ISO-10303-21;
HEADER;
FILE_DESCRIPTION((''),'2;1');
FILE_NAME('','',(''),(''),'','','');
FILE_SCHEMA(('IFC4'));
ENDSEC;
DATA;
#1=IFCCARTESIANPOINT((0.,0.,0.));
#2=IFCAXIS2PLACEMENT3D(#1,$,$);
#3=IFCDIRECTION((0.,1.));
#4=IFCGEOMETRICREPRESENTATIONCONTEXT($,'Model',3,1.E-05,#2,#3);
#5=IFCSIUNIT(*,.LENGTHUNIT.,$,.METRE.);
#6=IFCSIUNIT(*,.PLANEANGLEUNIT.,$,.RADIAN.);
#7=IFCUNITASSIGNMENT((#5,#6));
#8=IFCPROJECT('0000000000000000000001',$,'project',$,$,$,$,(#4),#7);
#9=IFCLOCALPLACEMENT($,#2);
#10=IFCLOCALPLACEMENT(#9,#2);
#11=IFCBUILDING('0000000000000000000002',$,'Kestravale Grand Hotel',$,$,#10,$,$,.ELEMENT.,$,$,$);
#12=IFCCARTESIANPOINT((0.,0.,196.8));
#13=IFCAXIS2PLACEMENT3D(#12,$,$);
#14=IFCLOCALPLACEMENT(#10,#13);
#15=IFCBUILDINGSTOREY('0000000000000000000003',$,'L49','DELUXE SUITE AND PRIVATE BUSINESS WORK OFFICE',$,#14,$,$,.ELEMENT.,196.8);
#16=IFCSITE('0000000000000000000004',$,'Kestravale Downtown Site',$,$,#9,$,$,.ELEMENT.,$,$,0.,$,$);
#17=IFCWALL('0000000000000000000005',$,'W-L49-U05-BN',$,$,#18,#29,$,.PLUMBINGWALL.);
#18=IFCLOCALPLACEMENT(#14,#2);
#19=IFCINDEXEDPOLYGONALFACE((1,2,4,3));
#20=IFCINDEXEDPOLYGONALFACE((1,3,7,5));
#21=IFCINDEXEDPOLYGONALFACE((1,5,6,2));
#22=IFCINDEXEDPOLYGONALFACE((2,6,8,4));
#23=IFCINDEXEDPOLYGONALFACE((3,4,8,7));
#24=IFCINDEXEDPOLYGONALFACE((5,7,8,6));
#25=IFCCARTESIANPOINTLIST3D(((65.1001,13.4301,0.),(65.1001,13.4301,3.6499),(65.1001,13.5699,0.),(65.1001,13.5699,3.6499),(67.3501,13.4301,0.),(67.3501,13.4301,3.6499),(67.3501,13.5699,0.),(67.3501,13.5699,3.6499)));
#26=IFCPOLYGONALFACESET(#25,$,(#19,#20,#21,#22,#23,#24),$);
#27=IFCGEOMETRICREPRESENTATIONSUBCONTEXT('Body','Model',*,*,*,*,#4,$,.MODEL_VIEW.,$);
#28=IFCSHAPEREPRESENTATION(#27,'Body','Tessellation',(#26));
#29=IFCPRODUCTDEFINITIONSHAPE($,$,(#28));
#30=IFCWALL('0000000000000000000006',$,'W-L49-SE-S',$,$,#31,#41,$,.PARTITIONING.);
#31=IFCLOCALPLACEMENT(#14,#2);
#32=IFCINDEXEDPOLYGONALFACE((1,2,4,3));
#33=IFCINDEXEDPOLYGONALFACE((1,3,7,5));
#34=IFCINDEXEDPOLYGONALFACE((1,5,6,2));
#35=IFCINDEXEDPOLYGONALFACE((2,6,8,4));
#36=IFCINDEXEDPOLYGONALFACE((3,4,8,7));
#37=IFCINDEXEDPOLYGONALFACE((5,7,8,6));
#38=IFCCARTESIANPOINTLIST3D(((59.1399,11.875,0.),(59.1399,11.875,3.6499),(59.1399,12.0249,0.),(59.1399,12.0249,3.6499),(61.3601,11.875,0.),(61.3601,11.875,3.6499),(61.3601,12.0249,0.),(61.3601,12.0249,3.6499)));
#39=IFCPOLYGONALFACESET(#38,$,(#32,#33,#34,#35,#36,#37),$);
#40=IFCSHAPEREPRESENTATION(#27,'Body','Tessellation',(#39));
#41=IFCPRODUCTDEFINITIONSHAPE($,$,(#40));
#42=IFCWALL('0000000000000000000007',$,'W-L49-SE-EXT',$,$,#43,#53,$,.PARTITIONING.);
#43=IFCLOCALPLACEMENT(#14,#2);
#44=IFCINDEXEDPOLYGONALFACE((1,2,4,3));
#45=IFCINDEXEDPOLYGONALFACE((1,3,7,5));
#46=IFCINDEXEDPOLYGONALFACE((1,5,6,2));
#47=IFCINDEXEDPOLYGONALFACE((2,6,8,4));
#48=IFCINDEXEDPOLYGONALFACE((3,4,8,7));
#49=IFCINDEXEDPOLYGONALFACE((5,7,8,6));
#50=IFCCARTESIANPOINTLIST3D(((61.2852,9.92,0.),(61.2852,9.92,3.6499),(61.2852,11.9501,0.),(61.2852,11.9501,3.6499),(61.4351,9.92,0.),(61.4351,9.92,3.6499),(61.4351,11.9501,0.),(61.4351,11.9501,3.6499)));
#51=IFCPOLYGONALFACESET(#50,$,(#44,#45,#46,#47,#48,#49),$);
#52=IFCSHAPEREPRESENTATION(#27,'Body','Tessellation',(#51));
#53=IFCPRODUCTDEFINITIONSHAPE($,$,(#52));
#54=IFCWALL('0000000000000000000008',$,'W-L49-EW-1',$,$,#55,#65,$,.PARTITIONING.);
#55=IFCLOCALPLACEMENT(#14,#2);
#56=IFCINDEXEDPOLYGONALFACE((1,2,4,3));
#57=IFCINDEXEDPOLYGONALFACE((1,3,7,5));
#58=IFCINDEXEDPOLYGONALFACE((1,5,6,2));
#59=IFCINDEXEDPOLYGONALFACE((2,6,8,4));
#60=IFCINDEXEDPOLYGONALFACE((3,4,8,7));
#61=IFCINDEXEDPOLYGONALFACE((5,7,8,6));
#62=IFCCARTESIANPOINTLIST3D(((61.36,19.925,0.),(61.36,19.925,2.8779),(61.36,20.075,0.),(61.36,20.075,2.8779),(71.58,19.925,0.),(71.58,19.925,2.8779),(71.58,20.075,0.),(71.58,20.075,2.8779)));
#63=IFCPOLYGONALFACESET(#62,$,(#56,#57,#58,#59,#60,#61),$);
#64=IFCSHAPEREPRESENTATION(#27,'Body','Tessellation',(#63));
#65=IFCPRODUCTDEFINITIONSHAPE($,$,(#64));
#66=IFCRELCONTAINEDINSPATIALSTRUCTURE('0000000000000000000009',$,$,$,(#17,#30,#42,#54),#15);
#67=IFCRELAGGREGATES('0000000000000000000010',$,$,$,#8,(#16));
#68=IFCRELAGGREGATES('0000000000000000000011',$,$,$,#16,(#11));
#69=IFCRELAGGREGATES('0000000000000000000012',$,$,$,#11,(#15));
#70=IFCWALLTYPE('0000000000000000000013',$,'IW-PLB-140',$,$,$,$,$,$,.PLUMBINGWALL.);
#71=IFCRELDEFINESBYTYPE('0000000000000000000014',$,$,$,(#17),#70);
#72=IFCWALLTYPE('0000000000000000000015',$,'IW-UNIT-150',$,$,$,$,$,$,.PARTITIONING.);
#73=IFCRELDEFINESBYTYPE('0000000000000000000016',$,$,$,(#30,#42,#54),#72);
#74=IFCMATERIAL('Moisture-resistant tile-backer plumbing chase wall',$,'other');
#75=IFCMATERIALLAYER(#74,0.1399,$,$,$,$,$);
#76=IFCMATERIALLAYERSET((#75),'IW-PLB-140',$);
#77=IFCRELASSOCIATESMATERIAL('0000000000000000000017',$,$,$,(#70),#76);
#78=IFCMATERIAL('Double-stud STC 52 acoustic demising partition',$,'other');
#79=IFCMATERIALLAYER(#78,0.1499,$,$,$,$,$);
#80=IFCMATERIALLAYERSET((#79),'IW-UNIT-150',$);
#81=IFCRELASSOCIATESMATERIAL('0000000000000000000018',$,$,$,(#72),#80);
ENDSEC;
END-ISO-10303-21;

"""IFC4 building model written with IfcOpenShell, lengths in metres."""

from ifc_helpers import new_model, si_unit, direction, frame, frame_2d, origin, place, context, subcontext, project, spatial, rectangle, extrude, material, layer, layer_set, type_object, element, save


model = new_model("IFC4")

# Units and contexts
model_context = context("Model", 3, precision=1e-05, world=origin(), true_north=direction((0.0, 1.0)))
body_context = subcontext(model_context, "Body", "Model", "MODEL_VIEW")
ifc_project = project(units=[si_unit("LENGTHUNIT", "METRE"), si_unit("PLANEANGLEUNIT", "RADIAN")], contexts=[model_context])

# Site, building, storey
site_placement = place(None, origin())
site = spatial("IfcSite", under=ifc_project, at=site_placement, Name="Kestravale Downtown Site", CompositionType="ELEMENT", RefElevation=0.0)
building_placement = place(site_placement, origin())
building = spatial("IfcBuilding", under=site, at=building_placement, Name="Kestravale Grand Hotel", CompositionType="ELEMENT")
storey_placement = place(building_placement, frame((0.0, 0.0, 196.8)))
storey = spatial("IfcBuildingStorey", under=building, at=storey_placement, Name="L49", Description="DELUXE SUITE AND PRIVATE BUSINESS WORK OFFICE", CompositionType="ELEMENT", Elevation=196.8)

# Shared definitions
ifc_material_1 = material(Name="Moisture-resistant tile-backer plumbing chase wall", Category="other")
ifc_layer_1 = layer(ifc_material_1, 0.1399)
ifc_layer_set_1 = layer_set([ifc_layer_1], Name="IW-PLB-140")
wall_type_1 = type_object("IfcWallType", Name="IW-PLB-140", PredefinedType="PLUMBINGWALL", material=ifc_layer_set_1)

# Walls
for number, where, z_axis, x_axis, name in (
    (1, (65.1001, 13.5, 0.0), (0.0, 0.0, 1.0), (1.0, 0.0, 0.0), "W-L49-U05-BN"),
):
    element("IfcWall", number, at=place(storey_placement, frame(where, z_axis=z_axis, x_axis=x_axis)), inside=storey, type_object=wall_type_1, Name=name, PredefinedType="PLUMBINGWALL", context=body_context, shape_type="SweptSolid", body=[
        extrude(rectangle(XDim=2.25, YDim=0.1399, at=frame_2d((1.125, 0.0))), origin(), (0.0, 0.0, 1.0), 3.6499),
    ])
ifc_material_2 = material(Name="Double-stud STC 52 acoustic demising partition", Category="other")
ifc_layer_2 = layer(ifc_material_2, 0.1499)
ifc_layer_set_2 = layer_set([ifc_layer_2], Name="IW-UNIT-150")
wall_type_2 = type_object("IfcWallType", Name="IW-UNIT-150", PredefinedType="PARTITIONING", material=ifc_layer_set_2)
wall_1_placement = place(storey_placement, frame((59.1399, 11.95, 0.0), z_axis=(0.0, 0.0, 1.0), x_axis=(1.0, 0.0, 0.0)))
element("IfcWall", 2, at=wall_1_placement, inside=storey, type_object=wall_type_2, Name="W-L49-SE-S", PredefinedType="PARTITIONING", context=body_context, shape_type="SweptSolid", body=[
    extrude(rectangle(XDim=2.2202, YDim=0.1499, at=frame_2d((1.1101, 0.0))), origin(), (0.0, 0.0, 1.0), 3.6499),
])
wall_2_placement = place(storey_placement, frame((61.3601, 9.9199, 0.0), z_axis=(0.0, 0.0, 1.0), x_axis=(0.0, 1.0, 0.0)))
element("IfcWall", 3, at=wall_2_placement, inside=storey, type_object=wall_type_2, Name="W-L49-SE-EXT", PredefinedType="PARTITIONING", context=body_context, shape_type="SweptSolid", body=[
    extrude(rectangle(XDim=2.03, YDim=0.1499, at=frame_2d((1.0151, 0.0))), origin(), (0.0, 0.0, 1.0), 3.6499),
])
wall_3_placement = place(storey_placement, frame((61.3601, 20.0, 0.0), z_axis=(0.0, 0.0, 1.0), x_axis=(1.0, 0.0, 0.0)))
element("IfcWall", 4, at=wall_3_placement, inside=storey, type_object=wall_type_2, Name="W-L49-EW-1", PredefinedType="PARTITIONING", context=body_context, shape_type="SweptSolid", body=[
    extrude(rectangle(XDim=10.22, YDim=0.1499, at=frame_2d((5.1099, 0.0))), origin(), (0.0, 0.0, 1.0), 2.8779),
])

save(model, "model.ifc")
